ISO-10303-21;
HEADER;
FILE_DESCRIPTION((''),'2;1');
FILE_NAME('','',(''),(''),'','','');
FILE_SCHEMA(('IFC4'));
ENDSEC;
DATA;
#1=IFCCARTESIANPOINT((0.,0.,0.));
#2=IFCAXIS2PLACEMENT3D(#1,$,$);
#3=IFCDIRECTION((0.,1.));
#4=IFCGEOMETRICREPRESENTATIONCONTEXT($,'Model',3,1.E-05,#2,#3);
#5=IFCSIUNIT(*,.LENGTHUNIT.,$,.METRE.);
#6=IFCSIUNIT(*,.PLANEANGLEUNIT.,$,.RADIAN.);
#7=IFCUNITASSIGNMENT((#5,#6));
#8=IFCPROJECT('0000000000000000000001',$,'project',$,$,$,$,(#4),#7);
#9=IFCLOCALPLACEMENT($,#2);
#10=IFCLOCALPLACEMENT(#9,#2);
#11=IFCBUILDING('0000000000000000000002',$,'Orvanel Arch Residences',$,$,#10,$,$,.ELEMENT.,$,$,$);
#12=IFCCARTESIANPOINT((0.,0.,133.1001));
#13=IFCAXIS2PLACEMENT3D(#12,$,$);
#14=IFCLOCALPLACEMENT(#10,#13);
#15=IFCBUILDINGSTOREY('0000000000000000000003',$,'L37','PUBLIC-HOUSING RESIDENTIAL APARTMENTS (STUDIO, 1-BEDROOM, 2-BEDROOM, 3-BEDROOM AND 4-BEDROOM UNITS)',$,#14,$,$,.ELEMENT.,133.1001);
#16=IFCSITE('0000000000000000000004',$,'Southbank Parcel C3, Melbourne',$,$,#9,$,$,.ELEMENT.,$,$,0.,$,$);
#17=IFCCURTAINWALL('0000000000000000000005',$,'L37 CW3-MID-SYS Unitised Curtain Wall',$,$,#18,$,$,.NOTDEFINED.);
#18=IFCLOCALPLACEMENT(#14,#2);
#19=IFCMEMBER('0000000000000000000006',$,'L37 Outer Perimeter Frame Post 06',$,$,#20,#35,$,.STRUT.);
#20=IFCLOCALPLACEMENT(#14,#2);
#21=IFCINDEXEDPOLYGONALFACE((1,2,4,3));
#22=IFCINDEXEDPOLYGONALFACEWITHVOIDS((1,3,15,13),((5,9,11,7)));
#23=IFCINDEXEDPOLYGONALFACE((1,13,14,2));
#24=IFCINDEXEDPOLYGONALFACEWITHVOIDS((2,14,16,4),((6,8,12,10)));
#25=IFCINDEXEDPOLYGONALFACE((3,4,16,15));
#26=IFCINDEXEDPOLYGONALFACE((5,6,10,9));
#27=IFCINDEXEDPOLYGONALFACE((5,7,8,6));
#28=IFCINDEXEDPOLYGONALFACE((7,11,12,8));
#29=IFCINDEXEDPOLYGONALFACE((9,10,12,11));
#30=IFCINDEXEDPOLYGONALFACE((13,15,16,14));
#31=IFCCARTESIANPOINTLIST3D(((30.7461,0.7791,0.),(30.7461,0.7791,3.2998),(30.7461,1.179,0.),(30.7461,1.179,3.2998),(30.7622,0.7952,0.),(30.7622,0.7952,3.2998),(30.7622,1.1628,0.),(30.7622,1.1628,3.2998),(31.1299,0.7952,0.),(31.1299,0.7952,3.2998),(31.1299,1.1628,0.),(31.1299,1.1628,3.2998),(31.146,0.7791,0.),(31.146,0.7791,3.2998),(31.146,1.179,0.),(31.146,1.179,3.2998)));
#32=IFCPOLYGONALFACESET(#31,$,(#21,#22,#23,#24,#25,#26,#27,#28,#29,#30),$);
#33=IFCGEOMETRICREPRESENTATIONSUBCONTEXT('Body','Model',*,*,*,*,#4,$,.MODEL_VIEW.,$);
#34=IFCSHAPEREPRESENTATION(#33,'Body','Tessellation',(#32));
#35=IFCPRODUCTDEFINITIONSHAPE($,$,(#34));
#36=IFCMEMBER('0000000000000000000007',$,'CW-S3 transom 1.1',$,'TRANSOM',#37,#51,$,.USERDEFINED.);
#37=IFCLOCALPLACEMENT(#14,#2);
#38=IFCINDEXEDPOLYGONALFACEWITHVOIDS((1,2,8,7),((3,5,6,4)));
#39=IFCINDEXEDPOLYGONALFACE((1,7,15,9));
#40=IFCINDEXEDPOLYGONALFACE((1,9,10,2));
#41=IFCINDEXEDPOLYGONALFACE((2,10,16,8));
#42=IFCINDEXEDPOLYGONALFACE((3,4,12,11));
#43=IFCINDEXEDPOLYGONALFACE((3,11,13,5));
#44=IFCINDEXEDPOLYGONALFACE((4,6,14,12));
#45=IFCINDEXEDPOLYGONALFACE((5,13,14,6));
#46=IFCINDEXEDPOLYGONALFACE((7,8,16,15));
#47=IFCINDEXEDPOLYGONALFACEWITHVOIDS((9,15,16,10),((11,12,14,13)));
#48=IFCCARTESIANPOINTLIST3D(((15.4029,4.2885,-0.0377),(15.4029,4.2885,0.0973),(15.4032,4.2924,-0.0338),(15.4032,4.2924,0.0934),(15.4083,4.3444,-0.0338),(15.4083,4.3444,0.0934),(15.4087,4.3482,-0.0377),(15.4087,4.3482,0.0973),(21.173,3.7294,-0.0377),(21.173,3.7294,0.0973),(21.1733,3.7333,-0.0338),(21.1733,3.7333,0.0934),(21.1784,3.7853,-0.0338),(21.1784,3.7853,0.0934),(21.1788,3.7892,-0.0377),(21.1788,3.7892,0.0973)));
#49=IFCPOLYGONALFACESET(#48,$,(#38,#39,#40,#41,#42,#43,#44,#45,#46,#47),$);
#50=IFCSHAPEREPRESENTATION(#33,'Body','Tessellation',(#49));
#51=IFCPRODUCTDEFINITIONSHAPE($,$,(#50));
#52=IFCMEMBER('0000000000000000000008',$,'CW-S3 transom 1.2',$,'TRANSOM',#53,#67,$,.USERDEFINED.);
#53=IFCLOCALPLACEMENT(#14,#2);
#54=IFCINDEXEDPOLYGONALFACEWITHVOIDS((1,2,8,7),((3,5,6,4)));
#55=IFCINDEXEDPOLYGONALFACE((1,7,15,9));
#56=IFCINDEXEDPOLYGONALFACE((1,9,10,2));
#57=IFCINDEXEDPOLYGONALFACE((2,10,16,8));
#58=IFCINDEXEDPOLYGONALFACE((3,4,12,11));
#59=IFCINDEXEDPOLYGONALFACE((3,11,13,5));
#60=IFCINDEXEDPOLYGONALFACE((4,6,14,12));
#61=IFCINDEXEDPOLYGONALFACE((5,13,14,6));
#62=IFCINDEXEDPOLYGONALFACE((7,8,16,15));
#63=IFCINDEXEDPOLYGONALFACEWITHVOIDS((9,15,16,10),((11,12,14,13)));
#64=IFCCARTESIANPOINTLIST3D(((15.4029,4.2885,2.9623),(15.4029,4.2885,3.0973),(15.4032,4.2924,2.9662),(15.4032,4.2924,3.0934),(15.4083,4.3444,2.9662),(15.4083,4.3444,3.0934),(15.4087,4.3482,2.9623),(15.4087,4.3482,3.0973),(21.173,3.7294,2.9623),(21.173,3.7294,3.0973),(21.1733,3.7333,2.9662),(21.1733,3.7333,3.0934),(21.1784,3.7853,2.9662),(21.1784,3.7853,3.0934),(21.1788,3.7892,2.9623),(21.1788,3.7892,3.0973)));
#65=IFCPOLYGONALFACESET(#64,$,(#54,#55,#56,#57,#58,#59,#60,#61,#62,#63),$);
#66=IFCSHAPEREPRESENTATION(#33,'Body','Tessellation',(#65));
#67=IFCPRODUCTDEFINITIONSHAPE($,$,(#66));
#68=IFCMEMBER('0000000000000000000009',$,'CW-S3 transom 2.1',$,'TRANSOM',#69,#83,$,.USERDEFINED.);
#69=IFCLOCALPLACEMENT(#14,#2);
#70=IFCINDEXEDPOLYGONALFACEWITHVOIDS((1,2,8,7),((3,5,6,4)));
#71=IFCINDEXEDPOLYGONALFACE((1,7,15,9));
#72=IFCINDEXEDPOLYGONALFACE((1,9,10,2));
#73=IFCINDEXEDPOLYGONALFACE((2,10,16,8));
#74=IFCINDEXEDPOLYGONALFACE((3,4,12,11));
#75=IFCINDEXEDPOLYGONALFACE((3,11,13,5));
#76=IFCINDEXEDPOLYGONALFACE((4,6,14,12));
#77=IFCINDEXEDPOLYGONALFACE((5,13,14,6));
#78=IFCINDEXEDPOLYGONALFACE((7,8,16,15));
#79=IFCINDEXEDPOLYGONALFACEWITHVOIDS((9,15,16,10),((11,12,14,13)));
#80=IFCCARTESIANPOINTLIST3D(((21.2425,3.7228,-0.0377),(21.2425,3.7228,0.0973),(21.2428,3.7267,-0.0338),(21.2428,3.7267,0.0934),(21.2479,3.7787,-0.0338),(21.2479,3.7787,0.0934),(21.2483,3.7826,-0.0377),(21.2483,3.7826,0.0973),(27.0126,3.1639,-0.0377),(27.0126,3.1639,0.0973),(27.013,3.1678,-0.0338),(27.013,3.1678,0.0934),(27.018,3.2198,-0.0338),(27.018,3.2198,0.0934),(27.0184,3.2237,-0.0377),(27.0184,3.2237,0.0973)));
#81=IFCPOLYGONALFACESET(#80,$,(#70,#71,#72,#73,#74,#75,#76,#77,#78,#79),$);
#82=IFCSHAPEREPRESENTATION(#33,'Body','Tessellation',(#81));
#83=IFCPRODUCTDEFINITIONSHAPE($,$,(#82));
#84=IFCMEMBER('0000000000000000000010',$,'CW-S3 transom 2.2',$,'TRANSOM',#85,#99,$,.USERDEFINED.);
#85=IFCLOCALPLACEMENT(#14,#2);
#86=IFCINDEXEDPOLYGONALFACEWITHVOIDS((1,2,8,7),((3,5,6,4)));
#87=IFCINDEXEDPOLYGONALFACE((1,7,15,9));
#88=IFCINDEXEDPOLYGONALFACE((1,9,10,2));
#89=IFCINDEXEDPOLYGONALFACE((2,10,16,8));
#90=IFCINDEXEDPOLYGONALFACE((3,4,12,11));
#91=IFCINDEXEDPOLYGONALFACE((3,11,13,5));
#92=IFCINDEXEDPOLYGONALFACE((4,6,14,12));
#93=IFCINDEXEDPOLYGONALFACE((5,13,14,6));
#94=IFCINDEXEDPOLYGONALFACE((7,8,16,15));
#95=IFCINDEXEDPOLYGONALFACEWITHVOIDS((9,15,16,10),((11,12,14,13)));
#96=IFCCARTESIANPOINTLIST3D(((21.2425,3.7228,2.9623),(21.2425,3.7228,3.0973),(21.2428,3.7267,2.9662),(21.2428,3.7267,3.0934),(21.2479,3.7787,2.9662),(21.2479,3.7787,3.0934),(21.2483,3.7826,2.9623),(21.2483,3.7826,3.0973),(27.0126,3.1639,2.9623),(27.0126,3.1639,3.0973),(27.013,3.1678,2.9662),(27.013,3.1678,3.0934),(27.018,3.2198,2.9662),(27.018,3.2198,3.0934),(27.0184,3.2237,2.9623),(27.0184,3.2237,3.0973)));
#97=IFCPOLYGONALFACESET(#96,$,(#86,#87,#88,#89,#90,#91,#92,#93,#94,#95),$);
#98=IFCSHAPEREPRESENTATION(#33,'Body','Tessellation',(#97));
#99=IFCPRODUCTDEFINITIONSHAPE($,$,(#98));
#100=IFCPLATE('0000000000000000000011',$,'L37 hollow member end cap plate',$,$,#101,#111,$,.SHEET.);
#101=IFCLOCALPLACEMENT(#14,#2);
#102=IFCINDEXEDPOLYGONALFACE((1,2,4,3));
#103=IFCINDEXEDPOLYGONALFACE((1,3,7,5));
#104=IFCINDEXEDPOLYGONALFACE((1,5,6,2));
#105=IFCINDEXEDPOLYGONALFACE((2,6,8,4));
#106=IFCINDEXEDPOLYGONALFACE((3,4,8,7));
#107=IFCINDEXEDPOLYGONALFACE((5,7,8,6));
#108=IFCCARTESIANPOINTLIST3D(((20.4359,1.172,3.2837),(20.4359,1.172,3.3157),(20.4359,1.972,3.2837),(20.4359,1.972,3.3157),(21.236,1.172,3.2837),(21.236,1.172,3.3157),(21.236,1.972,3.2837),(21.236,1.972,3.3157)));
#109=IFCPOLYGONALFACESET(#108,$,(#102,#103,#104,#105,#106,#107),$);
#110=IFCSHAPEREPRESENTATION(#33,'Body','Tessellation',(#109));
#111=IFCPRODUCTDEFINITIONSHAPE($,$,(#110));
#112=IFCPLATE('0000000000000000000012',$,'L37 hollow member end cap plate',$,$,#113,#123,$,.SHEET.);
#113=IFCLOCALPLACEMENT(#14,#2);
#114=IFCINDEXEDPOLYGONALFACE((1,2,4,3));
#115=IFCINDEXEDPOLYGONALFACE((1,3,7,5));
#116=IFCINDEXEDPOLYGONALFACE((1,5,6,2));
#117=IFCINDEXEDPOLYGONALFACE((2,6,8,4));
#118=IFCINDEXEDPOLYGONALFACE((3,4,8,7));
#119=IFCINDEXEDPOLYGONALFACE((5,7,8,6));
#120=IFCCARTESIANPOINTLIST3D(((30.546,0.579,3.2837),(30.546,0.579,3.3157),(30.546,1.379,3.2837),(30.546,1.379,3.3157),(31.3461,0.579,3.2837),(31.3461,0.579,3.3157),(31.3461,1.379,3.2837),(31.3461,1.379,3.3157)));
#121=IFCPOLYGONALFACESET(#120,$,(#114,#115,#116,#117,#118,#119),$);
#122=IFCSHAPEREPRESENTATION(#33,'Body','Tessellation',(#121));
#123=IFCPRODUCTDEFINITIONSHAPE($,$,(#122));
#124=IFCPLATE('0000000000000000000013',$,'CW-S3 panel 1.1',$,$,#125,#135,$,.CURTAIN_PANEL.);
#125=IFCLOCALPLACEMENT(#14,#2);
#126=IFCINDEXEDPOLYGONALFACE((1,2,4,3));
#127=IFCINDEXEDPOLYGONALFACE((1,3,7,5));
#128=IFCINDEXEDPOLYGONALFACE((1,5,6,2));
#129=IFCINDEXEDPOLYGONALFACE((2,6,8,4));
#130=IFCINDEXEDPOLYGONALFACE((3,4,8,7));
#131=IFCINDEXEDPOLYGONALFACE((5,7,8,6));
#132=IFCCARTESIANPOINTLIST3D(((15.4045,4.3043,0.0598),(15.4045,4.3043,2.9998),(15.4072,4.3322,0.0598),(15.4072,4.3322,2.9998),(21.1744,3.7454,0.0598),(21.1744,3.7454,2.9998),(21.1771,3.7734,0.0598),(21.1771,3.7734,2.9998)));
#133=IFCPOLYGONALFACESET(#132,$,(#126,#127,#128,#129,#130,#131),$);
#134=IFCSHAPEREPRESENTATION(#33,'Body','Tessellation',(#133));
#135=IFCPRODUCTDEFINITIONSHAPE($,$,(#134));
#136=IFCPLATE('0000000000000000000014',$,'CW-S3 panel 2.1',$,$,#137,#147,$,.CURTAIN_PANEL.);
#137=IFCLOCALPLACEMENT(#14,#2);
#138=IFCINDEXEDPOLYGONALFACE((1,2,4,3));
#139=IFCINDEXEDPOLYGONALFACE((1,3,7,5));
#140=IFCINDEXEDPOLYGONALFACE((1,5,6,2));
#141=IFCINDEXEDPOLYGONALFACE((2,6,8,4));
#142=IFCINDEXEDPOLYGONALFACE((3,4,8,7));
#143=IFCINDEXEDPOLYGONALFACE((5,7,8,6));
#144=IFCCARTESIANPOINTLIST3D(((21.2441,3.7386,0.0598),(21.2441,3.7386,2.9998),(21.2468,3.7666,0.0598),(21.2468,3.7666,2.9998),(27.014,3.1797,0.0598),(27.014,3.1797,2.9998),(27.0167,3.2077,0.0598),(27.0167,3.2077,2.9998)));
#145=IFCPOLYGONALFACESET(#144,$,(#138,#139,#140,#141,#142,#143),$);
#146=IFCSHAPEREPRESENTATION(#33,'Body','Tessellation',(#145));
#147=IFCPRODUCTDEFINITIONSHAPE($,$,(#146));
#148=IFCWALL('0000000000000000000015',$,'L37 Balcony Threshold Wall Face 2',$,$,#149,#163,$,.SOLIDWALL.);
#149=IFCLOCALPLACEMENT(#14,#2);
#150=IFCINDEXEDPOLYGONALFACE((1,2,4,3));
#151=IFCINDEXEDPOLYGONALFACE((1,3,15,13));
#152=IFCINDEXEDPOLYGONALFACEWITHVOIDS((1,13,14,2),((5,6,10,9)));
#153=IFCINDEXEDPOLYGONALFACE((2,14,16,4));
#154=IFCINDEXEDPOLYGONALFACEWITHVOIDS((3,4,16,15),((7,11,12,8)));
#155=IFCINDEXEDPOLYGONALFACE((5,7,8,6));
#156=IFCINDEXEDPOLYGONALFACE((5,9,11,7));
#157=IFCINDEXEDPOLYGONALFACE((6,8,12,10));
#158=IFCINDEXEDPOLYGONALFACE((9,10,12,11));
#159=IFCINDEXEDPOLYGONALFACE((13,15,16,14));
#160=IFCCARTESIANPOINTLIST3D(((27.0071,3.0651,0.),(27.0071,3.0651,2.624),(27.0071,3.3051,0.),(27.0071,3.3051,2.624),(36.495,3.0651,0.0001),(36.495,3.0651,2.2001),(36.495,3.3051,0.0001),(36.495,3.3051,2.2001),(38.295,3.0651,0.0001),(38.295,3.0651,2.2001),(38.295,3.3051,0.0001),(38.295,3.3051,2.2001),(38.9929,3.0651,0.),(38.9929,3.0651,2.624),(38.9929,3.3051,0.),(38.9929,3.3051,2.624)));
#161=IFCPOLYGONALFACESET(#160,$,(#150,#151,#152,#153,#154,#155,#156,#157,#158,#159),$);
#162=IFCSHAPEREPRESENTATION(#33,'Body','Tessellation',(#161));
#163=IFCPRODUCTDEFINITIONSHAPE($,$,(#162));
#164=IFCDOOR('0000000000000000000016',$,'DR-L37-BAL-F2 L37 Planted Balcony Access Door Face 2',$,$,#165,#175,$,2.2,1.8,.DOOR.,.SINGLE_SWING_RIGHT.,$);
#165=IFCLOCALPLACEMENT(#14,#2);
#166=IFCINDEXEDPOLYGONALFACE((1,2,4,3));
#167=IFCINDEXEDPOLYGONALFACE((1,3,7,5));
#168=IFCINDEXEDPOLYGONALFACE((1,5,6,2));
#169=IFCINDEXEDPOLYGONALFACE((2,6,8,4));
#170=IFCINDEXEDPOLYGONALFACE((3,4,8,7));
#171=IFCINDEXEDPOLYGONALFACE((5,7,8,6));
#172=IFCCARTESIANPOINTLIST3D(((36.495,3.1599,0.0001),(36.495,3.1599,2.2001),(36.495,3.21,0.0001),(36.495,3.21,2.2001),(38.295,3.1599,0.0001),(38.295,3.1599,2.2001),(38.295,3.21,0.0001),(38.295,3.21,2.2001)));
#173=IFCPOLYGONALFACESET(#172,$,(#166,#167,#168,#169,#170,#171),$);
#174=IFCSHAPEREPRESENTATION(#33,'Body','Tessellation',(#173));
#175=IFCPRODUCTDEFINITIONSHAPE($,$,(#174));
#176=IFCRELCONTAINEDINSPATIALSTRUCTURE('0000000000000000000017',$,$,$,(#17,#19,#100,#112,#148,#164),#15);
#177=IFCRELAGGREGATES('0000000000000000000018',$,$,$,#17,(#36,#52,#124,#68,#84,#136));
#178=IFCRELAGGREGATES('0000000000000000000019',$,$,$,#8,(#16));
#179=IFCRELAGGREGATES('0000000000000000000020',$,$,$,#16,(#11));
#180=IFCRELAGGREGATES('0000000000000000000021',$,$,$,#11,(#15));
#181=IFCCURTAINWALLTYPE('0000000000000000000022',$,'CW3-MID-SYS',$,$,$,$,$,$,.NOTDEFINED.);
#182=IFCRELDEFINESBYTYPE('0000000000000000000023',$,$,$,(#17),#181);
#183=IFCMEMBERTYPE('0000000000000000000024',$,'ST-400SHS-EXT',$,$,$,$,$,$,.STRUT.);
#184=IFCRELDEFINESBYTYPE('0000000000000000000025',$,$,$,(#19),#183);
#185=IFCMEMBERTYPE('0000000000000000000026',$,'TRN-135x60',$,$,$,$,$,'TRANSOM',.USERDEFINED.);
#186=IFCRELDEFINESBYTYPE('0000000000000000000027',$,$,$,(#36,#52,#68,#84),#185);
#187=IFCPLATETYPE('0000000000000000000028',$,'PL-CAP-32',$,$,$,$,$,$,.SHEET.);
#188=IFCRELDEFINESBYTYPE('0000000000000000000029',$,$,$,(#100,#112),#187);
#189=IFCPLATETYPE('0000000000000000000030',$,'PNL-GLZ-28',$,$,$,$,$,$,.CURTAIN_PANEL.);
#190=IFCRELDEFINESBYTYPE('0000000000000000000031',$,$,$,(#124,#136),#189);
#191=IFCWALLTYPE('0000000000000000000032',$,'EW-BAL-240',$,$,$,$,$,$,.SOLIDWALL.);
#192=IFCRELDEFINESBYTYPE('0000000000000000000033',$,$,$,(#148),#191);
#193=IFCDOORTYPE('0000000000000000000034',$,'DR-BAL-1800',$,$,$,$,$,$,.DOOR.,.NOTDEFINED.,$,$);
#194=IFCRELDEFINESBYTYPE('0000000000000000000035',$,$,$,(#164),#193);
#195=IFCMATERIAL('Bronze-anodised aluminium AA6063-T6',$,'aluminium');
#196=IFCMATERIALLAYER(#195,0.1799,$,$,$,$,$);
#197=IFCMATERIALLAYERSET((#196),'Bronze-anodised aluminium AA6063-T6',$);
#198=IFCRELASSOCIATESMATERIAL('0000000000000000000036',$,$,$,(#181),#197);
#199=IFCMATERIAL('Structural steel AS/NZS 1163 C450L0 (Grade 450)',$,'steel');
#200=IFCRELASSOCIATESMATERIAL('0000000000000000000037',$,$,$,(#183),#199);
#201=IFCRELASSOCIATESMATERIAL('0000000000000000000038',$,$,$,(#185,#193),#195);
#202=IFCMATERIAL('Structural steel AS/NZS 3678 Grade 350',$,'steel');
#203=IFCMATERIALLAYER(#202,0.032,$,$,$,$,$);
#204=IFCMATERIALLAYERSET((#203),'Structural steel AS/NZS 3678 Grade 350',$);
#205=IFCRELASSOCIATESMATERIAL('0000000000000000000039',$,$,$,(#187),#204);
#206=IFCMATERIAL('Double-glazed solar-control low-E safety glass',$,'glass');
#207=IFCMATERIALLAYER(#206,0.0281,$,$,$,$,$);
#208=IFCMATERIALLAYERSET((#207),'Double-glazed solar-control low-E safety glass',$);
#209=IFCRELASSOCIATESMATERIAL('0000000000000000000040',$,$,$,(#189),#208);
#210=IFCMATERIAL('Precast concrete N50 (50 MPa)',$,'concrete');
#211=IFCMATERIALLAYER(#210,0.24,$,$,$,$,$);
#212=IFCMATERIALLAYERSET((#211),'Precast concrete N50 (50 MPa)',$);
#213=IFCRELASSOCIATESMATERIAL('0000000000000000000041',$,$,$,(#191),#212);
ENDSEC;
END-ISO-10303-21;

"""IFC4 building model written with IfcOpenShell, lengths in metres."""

from ifc_helpers import new_model, si_unit, direction, frame, frame_2d, origin, origin_2d, place, context, subcontext, project, spatial, rectangle, hollow_rectangle, extrude, material, layer, layer_set, material_profile, profile_set, type_object, element, fill, aggregate, save


model = new_model("IFC4")

# Units and contexts
model_context = context("Model", 3, precision=1e-05, world=origin(), true_north=direction((0.0, 1.0)))
body_context = subcontext(model_context, "Body", "Model", "MODEL_VIEW")
ifc_project = project(units=[si_unit("LENGTHUNIT", "METRE"), si_unit("PLANEANGLEUNIT", "RADIAN")], contexts=[model_context])

# Site, building, storey
site_placement = place(None, origin())
site = spatial("IfcSite", under=ifc_project, at=site_placement, Name="Southbank Parcel C3, Melbourne", CompositionType="ELEMENT", RefElevation=0.0)
building_placement = place(site_placement, origin())
building = spatial("IfcBuilding", under=site, at=building_placement, Name="Orvanel Arch Residences", CompositionType="ELEMENT")
storey_placement = place(building_placement, frame((0.0, 0.0, 133.1001)))
storey = spatial("IfcBuildingStorey", under=building, at=storey_placement, Name="L37", Description="PUBLIC-HOUSING RESIDENTIAL APARTMENTS (STUDIO, 1-BEDROOM, 2-BEDROOM, 3-BEDROOM AND 4-BEDROOM UNITS)", CompositionType="ELEMENT", Elevation=133.1001)

# Shared definitions
ifc_material_1 = material(Name="Bronze-anodised aluminium AA6063-T6", Category="aluminium")

# Curtain wall
ifc_layer_1 = layer(ifc_material_1, 0.1799)
ifc_layer_set_1 = layer_set([ifc_layer_1], Name="Bronze-anodised aluminium AA6063-T6")
curtain_wall_type_1 = type_object("IfcCurtainWallType", Name="CW3-MID-SYS", PredefinedType="NOTDEFINED", material=ifc_layer_set_1)
curtain_wall_1_placement = place(storey_placement, origin())
curtain_wall_1 = element("IfcCurtainWall", 1, at=curtain_wall_1_placement, inside=storey, type_object=curtain_wall_type_1, Name="L37 CW3-MID-SYS Unitised Curtain Wall", PredefinedType="NOTDEFINED")

# Member
ifc_material_2 = material(Name="Structural steel AS/NZS 1163 C450L0 (Grade 450)", Category="steel")
ifc_material_profile_1 = material_profile(ifc_material_2, hollow_rectangle(XDim=0.3999, YDim=0.3999, WallThickness=0.0161, at=origin_2d()), Name="SHS400x400x16")
ifc_profile_set_1 = profile_set([ifc_material_profile_1], Name="Structural steel AS/NZS 1163 C450L0 (Grade 450)")
member_type_1 = type_object("IfcMemberType", Name="ST-400SHS-EXT", PredefinedType="STRUT", material=ifc_profile_set_1)
for number, where, z_axis, x_axis, name in (
    (2, (30.946, 0.979, 0.0), (0.0, 0.0, 1.0), (1.0, 0.0, 0.0), "L37 Outer Perimeter Frame Post 06"),
):
    element("IfcMember", number, at=place(storey_placement, frame(where, z_axis=z_axis, x_axis=x_axis)), inside=storey, type_object=member_type_1, Name=name, PredefinedType="STRUT", context=body_context, shape_type="SweptSolid", body=[
        extrude(hollow_rectangle(XDim=0.3999, YDim=0.3999, WallThickness=0.0161, at=origin_2d()), origin(), (0.0, 0.0, 1.0), 3.2998),
    ])

# Members
ifc_material_profile_2 = material_profile(ifc_material_1, hollow_rectangle(XDim=0.0601, YDim=0.135, WallThickness=0.0039, at=origin_2d()), Name="ALU135x60x4")
ifc_profile_set_2 = profile_set([ifc_material_profile_2], Name="Bronze-anodised aluminium AA6063-T6")
member_type_2 = type_object("IfcMemberType", Name="TRN-135x60", ElementType="TRANSOM", PredefinedType="USERDEFINED", material=ifc_profile_set_2)
member_1_placement = place(storey_placement, frame((15.4058, 4.3184, 0.0298), z_axis=(0.995339, -0.096443, 0.0), x_axis=(0.096443, 0.995339, 0.0)))
member_1 = element("IfcMember", 3, at=member_1_placement, type_object=member_type_2, Name="CW-S3 transom 1.1", ObjectType="TRANSOM", PredefinedType="USERDEFINED", context=body_context, shape_type="SweptSolid", body=[
    extrude(hollow_rectangle(XDim=0.0601, YDim=0.135, WallThickness=0.0039, at=origin_2d()), origin(), (0.0, 0.0, 1.0), 5.7971),
])
member_2_placement = place(storey_placement, frame((15.4058, 4.3184, 3.0298), z_axis=(0.995339, -0.096443, 0.0), x_axis=(0.096443, 0.995339, 0.0)))
member_2 = element("IfcMember", 4, at=member_2_placement, type_object=member_type_2, Name="CW-S3 transom 1.2", ObjectType="TRANSOM", PredefinedType="USERDEFINED", context=body_context, shape_type="SweptSolid", body=[
    extrude(hollow_rectangle(XDim=0.0601, YDim=0.135, WallThickness=0.0039, at=origin_2d()), origin(), (0.0, 0.0, 1.0), 5.7971),
])
member_3_placement = place(storey_placement, frame((21.2454, 3.7527, 0.0298), z_axis=(0.995343, -0.096401, 0.0), x_axis=(0.096401, 0.995343, 0.0)))
member_3 = element("IfcMember", 5, at=member_3_placement, type_object=member_type_2, Name="CW-S3 transom 2.1", ObjectType="TRANSOM", PredefinedType="USERDEFINED", context=body_context, shape_type="SweptSolid", body=[
    extrude(hollow_rectangle(XDim=0.0601, YDim=0.135, WallThickness=0.0039, at=origin_2d()), origin(), (0.0, 0.0, 1.0), 5.7971),
])
member_4_placement = place(storey_placement, frame((21.2454, 3.7527, 3.0298), z_axis=(0.995343, -0.096401, 0.0), x_axis=(0.096401, 0.995343, 0.0)))
member_4 = element("IfcMember", 6, at=member_4_placement, type_object=member_type_2, Name="CW-S3 transom 2.2", ObjectType="TRANSOM", PredefinedType="USERDEFINED", context=body_context, shape_type="SweptSolid", body=[
    extrude(hollow_rectangle(XDim=0.0601, YDim=0.135, WallThickness=0.0039, at=origin_2d()), origin(), (0.0, 0.0, 1.0), 5.7971),
])

# Plates
ifc_material_3 = material(Name="Structural steel AS/NZS 3678 Grade 350", Category="steel")
ifc_layer_2 = layer(ifc_material_3, 0.032)
ifc_layer_set_2 = layer_set([ifc_layer_2], Name="Structural steel AS/NZS 3678 Grade 350")
plate_type_1 = type_object("IfcPlateType", Name="PL-CAP-32", PredefinedType="SHEET", material=ifc_layer_set_2)
for number, where, z_axis, x_axis, name in (
    (7, (20.8359, 1.572, 3.2837), (0.0, 0.0, 1.0), (1.0, 0.0, 0.0), "L37 hollow member end cap plate"),
    (8, (30.946, 0.979, 3.2837), (0.0, 0.0, 1.0), (1.0, 0.0, 0.0), "L37 hollow member end cap plate"),
):
    element("IfcPlate", number, at=place(storey_placement, frame(where, z_axis=z_axis, x_axis=x_axis)), inside=storey, type_object=plate_type_1, Name=name, PredefinedType="SHEET", context=body_context, shape_type="SweptSolid", body=[
        extrude(rectangle(XDim=0.8, YDim=0.8, at=origin_2d()), origin(), (0.0, 0.0, 1.0), 0.032),
    ])

# Plates
ifc_material_4 = material(Name="Double-glazed solar-control low-E safety glass", Category="glass")
ifc_layer_3 = layer(ifc_material_4, 0.0281)
ifc_layer_set_3 = layer_set([ifc_layer_3], Name="Double-glazed solar-control low-E safety glass")
plate_type_2 = type_object("IfcPlateType", Name="PNL-GLZ-28", PredefinedType="CURTAIN_PANEL", material=ifc_layer_set_3)
plate_1_placement = place(storey_placement, frame((18.2908, 4.0388, 0.0598), z_axis=(0.0, 0.0, 1.0), x_axis=(0.995342, -0.096408, 0.0)))
plate_1 = element("IfcPlate", 9, at=plate_1_placement, type_object=plate_type_2, Name="CW-S3 panel 1.1", PredefinedType="CURTAIN_PANEL", context=body_context, shape_type="SweptSolid", body=[
    extrude(rectangle(XDim=5.7969, YDim=0.0281, at=origin_2d()), origin(), (0.0, 0.0, 1.0), 2.9399),
])
plate_2_placement = place(storey_placement, frame((24.1304, 3.4731, 0.0598), z_axis=(0.0, 0.0, 1.0), x_axis=(0.995342, -0.096408, 0.0)))
plate_2 = element("IfcPlate", 10, at=plate_2_placement, type_object=plate_type_2, Name="CW-S3 panel 2.1", PredefinedType="CURTAIN_PANEL", context=body_context, shape_type="SweptSolid", body=[
    extrude(rectangle(XDim=5.7969, YDim=0.0281, at=origin_2d()), origin(), (0.0, 0.0, 1.0), 2.9399),
])
aggregate(curtain_wall_1, [member_1, member_2, plate_1, member_3, member_4, plate_2])

# Wall, opening, door
ifc_material_5 = material(Name="Precast concrete N50 (50 MPa)", Category="concrete")
ifc_layer_4 = layer(ifc_material_5, 0.24)
ifc_layer_set_4 = layer_set([ifc_layer_4], Name="Precast concrete N50 (50 MPa)")
wall_type = type_object("IfcWallType", Name="EW-BAL-240", PredefinedType="SOLIDWALL", material=ifc_layer_set_4)
wall_placement = place(storey_placement, frame((27.0071, 3.1851, 0.0), z_axis=(0.0, 0.0, 1.0), x_axis=(1.0, 0.0, 0.0)))
wall = element("IfcWall", 11, at=wall_placement, inside=storey, type_object=wall_type, Name="L37 Balcony Threshold Wall Face 2", PredefinedType="SOLIDWALL", context=body_context, shape_type="SweptSolid", body=[
    extrude(rectangle(XDim=11.9858, YDim=0.24, at=frame_2d((5.9929, 0.0))), origin(), (0.0, 0.0, 1.0), 2.624),
])
opening_placement = place(wall_placement, frame((9.488, 0.0, 0.0)))
opening = element("IfcOpeningElement", 12, at=opening_placement, cuts=wall, PredefinedType="OPENING", context=body_context, shape_type="SweptSolid", body=[
    extrude(rectangle(XDim=1.8, YDim=2.2, at=frame_2d((0.8999, 1.1001))), frame((0.0, 0.1299, 0.0), z_axis=(0.0, -1.0, 0.0), x_axis=(1.0, 0.0, 0.0)), (0.0, 0.0, 1.0), 0.26),
])
door_type = type_object("IfcDoorType", Name="DR-BAL-1800", OperationType="NOTDEFINED", PredefinedType="DOOR", material=ifc_material_1)
door_placement = place(opening_placement, origin())
door = element("IfcDoor", 13, at=door_placement, inside=storey, type_object=door_type, Name="DR-L37-BAL-F2 L37 Planted Balcony Access Door Face 2", OperationType="SINGLE_SWING_RIGHT", OverallHeight=2.2, OverallWidth=1.8, PredefinedType="DOOR", context=body_context, shape_type="SweptSolid", body=[
    extrude(rectangle(XDim=1.8, YDim=2.2, at=frame_2d((0.8999, 1.1001))), frame((0.0, 0.0249, 0.0), z_axis=(0.0, -1.0, 0.0), x_axis=(1.0, 0.0, 0.0)), (0.0, 0.0, 1.0), 0.05),
])
fill(opening, door)

save(model, "model.ifc")
